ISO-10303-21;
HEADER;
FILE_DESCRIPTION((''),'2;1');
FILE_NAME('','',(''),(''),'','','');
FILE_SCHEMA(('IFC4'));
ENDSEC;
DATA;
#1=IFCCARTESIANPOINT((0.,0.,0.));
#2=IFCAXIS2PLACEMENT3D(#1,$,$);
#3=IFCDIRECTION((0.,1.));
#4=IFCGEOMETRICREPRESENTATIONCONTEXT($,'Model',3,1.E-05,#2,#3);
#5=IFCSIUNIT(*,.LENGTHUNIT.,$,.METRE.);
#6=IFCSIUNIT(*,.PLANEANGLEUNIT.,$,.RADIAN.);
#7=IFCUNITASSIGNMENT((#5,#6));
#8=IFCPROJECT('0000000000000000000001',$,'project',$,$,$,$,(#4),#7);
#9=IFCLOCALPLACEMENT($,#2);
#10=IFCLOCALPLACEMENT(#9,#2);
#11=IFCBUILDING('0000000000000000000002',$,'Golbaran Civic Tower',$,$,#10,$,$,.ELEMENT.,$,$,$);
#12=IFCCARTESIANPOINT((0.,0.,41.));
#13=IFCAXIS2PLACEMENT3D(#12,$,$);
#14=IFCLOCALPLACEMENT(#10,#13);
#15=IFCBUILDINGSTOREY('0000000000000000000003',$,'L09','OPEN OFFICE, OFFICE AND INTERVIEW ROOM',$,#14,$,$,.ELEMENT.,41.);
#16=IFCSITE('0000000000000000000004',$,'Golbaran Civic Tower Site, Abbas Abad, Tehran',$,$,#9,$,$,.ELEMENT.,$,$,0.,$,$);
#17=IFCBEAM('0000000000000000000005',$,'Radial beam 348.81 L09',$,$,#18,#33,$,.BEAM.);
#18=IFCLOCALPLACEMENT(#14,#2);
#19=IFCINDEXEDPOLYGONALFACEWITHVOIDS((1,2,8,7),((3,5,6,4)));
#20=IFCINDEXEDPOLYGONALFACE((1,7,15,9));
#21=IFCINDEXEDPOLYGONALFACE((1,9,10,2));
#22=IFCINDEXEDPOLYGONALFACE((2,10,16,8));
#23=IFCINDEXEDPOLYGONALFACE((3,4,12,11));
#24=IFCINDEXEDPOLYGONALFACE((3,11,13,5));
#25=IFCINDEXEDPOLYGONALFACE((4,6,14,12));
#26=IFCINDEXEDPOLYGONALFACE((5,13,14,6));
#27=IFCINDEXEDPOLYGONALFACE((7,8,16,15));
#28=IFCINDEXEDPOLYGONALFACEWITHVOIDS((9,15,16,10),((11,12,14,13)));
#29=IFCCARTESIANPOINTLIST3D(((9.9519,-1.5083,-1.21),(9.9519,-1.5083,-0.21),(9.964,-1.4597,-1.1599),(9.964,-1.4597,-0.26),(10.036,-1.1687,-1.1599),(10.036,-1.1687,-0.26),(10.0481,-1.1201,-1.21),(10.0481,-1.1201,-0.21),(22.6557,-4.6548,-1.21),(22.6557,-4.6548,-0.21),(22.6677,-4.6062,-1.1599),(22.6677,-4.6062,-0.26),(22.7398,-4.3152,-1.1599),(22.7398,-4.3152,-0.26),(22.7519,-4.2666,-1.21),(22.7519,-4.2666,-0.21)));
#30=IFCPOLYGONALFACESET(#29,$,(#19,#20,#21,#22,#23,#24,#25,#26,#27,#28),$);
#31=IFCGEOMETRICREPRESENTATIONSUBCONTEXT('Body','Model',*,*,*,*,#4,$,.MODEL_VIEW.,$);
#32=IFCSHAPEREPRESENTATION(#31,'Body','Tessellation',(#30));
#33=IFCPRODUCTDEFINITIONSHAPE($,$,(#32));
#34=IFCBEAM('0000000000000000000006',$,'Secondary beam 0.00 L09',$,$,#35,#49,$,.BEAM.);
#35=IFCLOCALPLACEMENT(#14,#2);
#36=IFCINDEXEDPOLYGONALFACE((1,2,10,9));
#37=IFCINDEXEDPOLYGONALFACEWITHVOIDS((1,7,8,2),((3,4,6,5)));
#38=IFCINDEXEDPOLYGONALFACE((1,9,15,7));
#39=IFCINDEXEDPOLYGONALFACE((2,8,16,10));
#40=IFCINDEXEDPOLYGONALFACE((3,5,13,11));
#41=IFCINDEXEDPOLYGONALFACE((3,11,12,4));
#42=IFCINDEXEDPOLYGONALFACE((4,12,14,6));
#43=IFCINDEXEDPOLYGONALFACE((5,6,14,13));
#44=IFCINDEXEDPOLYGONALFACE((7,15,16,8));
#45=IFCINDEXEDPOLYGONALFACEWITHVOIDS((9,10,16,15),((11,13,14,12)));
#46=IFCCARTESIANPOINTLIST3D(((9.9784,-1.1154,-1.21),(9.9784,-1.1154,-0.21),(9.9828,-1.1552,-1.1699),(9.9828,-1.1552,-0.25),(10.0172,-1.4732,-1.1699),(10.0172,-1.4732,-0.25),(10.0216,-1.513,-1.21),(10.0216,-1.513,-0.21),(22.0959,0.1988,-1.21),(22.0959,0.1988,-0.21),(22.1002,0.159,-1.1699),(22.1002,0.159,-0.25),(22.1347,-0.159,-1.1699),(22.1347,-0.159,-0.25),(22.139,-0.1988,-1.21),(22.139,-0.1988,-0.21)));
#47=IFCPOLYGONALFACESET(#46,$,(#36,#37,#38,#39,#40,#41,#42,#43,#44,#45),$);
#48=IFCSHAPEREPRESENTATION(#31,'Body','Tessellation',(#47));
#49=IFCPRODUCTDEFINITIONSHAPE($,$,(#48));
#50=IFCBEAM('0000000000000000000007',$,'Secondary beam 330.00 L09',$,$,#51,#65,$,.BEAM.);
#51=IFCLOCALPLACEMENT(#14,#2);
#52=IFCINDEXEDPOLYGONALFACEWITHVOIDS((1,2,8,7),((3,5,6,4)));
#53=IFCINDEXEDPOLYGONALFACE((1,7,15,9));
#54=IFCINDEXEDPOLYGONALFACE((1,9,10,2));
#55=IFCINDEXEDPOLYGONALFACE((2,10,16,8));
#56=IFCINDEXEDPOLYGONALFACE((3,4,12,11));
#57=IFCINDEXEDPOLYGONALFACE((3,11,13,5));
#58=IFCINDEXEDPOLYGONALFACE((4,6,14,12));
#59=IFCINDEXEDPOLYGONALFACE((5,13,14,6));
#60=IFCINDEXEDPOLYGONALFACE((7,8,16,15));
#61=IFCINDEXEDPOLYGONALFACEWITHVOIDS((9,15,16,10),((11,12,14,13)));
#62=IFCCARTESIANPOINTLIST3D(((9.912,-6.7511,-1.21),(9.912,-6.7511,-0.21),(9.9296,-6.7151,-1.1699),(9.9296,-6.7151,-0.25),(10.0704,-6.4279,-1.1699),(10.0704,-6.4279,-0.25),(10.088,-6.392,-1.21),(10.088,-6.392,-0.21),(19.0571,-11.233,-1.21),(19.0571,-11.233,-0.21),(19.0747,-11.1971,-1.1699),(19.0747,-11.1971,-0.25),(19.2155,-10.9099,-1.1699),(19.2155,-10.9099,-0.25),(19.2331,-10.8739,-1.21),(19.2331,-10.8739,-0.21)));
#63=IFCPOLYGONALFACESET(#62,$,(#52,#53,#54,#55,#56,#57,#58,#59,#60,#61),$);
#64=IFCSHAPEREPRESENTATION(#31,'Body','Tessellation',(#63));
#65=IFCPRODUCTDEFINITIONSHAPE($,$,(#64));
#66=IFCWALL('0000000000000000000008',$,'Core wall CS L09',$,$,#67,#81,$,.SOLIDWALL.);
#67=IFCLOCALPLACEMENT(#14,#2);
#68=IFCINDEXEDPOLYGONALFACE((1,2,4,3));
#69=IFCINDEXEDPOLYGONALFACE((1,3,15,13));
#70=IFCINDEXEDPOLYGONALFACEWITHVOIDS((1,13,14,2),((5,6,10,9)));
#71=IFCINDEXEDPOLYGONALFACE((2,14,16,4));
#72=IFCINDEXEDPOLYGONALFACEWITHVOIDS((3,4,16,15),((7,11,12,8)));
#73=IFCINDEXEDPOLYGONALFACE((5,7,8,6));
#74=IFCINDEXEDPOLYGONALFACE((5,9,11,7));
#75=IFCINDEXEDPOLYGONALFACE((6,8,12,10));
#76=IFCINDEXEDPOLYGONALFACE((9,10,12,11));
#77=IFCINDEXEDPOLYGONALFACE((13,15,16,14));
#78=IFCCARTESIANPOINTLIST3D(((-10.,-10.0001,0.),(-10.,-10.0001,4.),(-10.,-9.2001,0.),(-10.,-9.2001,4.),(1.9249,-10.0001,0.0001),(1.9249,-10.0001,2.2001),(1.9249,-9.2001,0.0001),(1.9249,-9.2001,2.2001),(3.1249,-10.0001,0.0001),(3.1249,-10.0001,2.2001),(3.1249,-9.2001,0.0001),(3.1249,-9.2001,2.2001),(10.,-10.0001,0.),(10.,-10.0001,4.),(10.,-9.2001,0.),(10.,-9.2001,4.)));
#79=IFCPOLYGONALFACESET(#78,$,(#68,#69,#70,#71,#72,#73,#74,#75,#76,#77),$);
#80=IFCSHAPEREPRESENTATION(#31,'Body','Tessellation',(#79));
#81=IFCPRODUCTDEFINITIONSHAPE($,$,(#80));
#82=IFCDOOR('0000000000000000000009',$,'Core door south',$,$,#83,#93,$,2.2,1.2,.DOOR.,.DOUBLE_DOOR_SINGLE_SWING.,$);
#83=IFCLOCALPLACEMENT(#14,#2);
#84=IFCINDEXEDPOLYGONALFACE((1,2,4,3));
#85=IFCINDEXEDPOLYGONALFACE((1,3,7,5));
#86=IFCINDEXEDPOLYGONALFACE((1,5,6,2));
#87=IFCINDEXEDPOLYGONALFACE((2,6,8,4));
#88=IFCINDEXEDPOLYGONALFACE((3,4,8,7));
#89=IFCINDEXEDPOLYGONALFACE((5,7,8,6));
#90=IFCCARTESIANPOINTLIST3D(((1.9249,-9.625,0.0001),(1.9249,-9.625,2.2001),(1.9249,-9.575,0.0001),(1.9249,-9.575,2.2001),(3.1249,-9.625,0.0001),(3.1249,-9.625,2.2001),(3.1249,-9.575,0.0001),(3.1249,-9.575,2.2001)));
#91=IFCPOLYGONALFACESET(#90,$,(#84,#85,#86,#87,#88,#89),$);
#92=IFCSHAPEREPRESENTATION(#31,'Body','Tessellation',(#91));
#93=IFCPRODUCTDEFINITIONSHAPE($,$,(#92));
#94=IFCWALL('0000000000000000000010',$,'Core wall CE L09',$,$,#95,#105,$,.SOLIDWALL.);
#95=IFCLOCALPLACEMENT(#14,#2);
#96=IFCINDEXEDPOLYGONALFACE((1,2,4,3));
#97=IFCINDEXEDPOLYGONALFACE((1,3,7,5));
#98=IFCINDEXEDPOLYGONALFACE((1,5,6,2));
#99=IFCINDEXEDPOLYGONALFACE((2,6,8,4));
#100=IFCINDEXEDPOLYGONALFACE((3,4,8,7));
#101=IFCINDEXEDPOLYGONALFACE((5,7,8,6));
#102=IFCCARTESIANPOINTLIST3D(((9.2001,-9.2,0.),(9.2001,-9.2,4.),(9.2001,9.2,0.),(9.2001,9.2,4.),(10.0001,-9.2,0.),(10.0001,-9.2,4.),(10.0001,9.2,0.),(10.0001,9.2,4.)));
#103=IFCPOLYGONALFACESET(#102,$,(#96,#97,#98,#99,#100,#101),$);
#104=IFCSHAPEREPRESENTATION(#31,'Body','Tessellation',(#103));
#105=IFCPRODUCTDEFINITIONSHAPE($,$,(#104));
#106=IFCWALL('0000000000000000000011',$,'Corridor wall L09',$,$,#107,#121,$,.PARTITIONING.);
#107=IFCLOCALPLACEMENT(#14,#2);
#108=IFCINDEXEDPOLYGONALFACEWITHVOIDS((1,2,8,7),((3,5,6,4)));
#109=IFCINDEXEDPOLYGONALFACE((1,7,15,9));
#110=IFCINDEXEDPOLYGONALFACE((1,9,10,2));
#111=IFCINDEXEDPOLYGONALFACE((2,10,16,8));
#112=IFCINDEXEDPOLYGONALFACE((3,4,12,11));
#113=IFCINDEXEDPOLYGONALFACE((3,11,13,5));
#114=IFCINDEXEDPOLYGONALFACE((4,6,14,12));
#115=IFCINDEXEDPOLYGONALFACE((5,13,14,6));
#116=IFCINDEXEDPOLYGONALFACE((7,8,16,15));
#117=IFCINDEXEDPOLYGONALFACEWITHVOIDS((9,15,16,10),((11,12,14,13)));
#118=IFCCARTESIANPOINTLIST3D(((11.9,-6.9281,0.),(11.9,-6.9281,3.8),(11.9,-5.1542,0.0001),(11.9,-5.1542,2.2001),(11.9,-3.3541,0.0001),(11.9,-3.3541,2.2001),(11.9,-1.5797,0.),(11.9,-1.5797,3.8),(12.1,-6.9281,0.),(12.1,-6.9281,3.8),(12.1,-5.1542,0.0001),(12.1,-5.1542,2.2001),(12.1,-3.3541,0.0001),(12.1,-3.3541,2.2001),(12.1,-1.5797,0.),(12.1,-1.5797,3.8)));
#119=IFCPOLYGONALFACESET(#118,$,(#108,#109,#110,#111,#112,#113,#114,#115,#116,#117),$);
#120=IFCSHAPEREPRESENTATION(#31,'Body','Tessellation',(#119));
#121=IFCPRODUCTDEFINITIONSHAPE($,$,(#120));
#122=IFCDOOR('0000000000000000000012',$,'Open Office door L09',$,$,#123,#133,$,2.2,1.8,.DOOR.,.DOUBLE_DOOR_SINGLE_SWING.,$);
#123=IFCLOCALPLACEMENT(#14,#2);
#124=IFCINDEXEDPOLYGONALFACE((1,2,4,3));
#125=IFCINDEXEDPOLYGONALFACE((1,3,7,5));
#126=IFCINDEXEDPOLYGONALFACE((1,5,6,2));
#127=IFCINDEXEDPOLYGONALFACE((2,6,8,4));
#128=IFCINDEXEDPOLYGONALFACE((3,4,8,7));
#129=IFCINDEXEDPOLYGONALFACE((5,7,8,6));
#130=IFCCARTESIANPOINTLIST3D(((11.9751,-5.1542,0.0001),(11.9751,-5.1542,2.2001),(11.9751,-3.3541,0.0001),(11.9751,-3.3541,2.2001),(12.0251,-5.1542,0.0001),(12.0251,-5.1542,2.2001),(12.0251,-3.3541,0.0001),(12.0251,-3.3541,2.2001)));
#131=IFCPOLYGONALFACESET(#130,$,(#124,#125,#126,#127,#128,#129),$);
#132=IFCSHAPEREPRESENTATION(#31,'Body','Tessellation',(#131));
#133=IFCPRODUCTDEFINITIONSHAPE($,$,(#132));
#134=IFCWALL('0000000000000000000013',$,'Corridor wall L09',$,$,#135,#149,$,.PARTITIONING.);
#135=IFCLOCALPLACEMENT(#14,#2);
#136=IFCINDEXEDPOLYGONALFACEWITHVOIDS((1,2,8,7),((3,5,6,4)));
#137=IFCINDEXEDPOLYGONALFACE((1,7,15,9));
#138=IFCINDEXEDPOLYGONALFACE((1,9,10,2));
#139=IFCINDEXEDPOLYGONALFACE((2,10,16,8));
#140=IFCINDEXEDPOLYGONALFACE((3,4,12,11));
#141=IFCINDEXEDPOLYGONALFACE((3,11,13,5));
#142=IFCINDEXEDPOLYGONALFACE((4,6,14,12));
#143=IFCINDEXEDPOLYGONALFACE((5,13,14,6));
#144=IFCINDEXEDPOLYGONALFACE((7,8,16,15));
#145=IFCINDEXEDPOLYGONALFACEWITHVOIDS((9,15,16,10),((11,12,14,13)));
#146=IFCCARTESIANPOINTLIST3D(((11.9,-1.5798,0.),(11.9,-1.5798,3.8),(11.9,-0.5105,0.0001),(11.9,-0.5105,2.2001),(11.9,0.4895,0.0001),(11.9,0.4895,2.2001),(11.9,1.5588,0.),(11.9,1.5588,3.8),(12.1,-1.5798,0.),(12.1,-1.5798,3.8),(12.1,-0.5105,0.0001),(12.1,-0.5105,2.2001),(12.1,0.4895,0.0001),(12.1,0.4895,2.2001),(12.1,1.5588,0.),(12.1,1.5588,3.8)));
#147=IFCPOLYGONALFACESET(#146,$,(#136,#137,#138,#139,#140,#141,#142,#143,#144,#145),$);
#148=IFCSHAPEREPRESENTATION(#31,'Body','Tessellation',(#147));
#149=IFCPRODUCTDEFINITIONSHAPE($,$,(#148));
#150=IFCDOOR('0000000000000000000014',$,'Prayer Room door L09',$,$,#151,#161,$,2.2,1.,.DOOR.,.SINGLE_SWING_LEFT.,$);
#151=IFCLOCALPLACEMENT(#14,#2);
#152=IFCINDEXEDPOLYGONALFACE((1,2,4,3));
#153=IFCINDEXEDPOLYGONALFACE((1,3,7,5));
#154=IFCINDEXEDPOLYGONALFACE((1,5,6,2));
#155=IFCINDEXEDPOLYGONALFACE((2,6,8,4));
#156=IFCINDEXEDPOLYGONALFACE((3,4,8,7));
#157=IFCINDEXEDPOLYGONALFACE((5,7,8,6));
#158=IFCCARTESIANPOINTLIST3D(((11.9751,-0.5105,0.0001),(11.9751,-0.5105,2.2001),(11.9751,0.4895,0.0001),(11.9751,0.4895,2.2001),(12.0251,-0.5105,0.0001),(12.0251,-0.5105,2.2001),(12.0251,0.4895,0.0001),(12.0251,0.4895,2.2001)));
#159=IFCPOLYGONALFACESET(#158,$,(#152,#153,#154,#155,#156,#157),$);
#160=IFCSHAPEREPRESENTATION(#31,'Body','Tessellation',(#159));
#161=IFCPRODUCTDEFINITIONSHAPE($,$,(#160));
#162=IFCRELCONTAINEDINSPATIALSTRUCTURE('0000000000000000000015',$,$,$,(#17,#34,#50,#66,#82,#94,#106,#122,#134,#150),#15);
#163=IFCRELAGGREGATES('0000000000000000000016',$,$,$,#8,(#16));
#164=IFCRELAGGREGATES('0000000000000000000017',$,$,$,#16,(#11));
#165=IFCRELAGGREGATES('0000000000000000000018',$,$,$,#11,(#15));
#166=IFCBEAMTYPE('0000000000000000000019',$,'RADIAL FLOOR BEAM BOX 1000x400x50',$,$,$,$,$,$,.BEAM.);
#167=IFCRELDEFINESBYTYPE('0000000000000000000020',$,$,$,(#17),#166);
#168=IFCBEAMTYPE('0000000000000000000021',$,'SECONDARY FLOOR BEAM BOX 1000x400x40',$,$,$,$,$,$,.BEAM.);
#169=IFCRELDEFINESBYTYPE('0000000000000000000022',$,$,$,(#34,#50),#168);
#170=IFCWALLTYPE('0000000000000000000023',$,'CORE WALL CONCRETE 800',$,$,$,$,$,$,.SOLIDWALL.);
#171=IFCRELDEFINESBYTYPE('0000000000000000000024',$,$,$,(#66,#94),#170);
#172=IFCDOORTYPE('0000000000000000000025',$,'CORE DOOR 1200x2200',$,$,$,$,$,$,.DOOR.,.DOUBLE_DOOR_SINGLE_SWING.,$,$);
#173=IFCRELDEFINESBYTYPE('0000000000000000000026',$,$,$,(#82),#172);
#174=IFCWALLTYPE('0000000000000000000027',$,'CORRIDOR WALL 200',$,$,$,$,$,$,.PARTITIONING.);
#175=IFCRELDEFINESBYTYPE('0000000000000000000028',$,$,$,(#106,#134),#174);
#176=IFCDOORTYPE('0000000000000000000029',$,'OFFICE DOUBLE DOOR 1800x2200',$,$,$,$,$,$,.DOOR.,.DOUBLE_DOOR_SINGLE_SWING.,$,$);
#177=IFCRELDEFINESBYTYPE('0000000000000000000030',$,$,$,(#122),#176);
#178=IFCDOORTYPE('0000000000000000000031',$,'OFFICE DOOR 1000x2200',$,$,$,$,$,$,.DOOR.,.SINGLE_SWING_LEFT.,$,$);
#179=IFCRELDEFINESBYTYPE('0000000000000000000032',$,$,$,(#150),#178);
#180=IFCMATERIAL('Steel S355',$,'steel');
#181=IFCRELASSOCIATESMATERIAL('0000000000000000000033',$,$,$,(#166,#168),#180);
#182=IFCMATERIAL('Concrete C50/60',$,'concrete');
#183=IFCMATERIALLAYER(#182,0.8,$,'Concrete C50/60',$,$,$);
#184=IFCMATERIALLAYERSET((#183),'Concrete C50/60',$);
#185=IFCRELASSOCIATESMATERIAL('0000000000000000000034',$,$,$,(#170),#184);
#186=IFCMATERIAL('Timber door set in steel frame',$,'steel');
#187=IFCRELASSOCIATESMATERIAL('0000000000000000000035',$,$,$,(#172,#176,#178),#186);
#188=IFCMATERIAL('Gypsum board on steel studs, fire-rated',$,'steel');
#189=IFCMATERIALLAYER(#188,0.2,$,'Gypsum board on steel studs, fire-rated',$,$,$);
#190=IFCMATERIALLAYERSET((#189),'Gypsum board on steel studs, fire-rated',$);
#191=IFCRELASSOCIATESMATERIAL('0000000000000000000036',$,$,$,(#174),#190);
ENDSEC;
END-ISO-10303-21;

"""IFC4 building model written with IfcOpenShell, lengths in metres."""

from ifc_helpers import new_model, si_unit, direction, frame, frame_2d, origin, origin_2d, place, context, subcontext, project, spatial, rectangle, hollow_rectangle, extrude, material, layer, layer_set, material_profile, profile_set, type_object, element, fill, save


model = new_model("IFC4")

# Units and contexts
model_context = context("Model", 3, precision=1e-05, world=origin(), true_north=direction((0.0, 1.0)))
body_context = subcontext(model_context, "Body", "Model", "MODEL_VIEW")
ifc_project = project(units=[si_unit("LENGTHUNIT", "METRE"), si_unit("PLANEANGLEUNIT", "RADIAN")], contexts=[model_context])

# Site, building, storey
site_placement = place(None, origin())
site = spatial("IfcSite", under=ifc_project, at=site_placement, Name="Golbaran Civic Tower Site, Abbas Abad, Tehran", CompositionType="ELEMENT", RefElevation=0.0)
building_placement = place(site_placement, origin())
building = spatial("IfcBuilding", under=site, at=building_placement, Name="Golbaran Civic Tower", CompositionType="ELEMENT")
storey_placement = place(building_placement, frame((0.0, 0.0, 41.0)))
storey = spatial("IfcBuildingStorey", under=building, at=storey_placement, Name="L09", Description="OPEN OFFICE, OFFICE AND INTERVIEW ROOM", CompositionType="ELEMENT", Elevation=41.0)

# Beams
ifc_material_1 = material(Name="Steel S355", Category="steel")
ifc_material_profile_1 = material_profile(ifc_material_1, hollow_rectangle(XDim=0.3999, YDim=1.0, WallThickness=0.05, at=origin_2d()), Name="BOX 1000x400x50")
ifc_profile_set_1 = profile_set([ifc_material_profile_1], Name="Steel S355")
beam_type_1 = type_object("IfcBeamType", Name="RADIAL FLOOR BEAM BOX 1000x400x50", PredefinedType="BEAM", material=ifc_profile_set_1)
beam_1_placement = place(storey_placement, frame((10.0, -1.3142, -0.71), z_axis=(0.97067, -0.240415, 0.0), x_axis=(0.240415, 0.97067, 0.0)))
element("IfcBeam", 1, at=beam_1_placement, inside=storey, type_object=beam_type_1, Name="Radial beam 348.81 L09", PredefinedType="BEAM", context=body_context, shape_type="SweptSolid", body=[
    extrude(hollow_rectangle(XDim=0.3999, YDim=1.0, WallThickness=0.05, at=origin_2d()), origin(), (0.0, 0.0, 1.0), 13.0876),
])
ifc_material_profile_2 = material_profile(ifc_material_1, hollow_rectangle(XDim=0.3999, YDim=1.0, WallThickness=0.04, at=origin_2d()), Name="BOX 1000x400x40")
ifc_profile_set_2 = profile_set([ifc_material_profile_2], Name="Steel S355")
beam_type_2 = type_object("IfcBeamType", Name="SECONDARY FLOOR BEAM BOX 1000x400x40", PredefinedType="BEAM", material=ifc_profile_set_2)
beam_2_placement = place(storey_placement, frame((10.0, -1.3142, -0.71), z_axis=(0.99417, 0.107824, 0.0), x_axis=(-0.107824, 0.99417, 0.0)))
element("IfcBeam", 2, at=beam_2_placement, inside=storey, type_object=beam_type_2, Name="Secondary beam 0.00 L09", PredefinedType="BEAM", context=body_context, shape_type="SweptSolid", body=[
    extrude(hollow_rectangle(XDim=0.3999, YDim=1.0, WallThickness=0.04, at=origin_2d()), origin(), (0.0, 0.0, 1.0), 12.1885),
])
beam_3_placement = place(storey_placement, frame((10.0, -6.5715, -0.71), z_axis=(0.897956, -0.440084, 0.0), x_axis=(0.440084, 0.897956, 0.0)))
element("IfcBeam", 3, at=beam_3_placement, inside=storey, type_object=beam_type_2, Name="Secondary beam 330.00 L09", PredefinedType="BEAM", context=body_context, shape_type="SweptSolid", body=[
    extrude(hollow_rectangle(XDim=0.3999, YDim=1.0, WallThickness=0.04, at=origin_2d()), origin(), (0.0, 0.0, 1.0), 10.1843),
])

# Wall, opening, door
ifc_material_2 = material(Name="Concrete C50/60", Category="concrete")
ifc_layer_1 = layer(ifc_material_2, 0.8, Name="Concrete C50/60")
ifc_layer_set_1 = layer_set([ifc_layer_1], Name="Concrete C50/60")
wall_type_1 = type_object("IfcWallType", Name="CORE WALL CONCRETE 800", PredefinedType="SOLIDWALL", material=ifc_layer_set_1)
wall_1_placement = place(storey_placement, frame((10.0, -9.6001, 0.0), z_axis=(0.0, 0.0, 1.0), x_axis=(-1.0, 0.0, 0.0)))
wall_1 = element("IfcWall", 4, at=wall_1_placement, inside=storey, type_object=wall_type_1, Name="Core wall CS L09", PredefinedType="SOLIDWALL", context=body_context, shape_type="SweptSolid", body=[
    extrude(rectangle(XDim=20.0, YDim=0.8, at=frame_2d((10.0, 0.0))), origin(), (0.0, 0.0, 1.0), 4.0),
])
opening_1_placement = place(wall_1_placement, frame((6.875, 0.0, 0.0)))
opening_1 = element("IfcOpeningElement", 5, at=opening_1_placement, cuts=wall_1, PredefinedType="OPENING", context=body_context, shape_type="SweptSolid", body=[
    extrude(rectangle(XDim=1.2, YDim=2.2, at=frame_2d((0.6001, 1.1001))), frame((0.0, 0.4099, 0.0), z_axis=(0.0, -1.0, 0.0), x_axis=(1.0, 0.0, 0.0)), (0.0, 0.0, 1.0), 0.8201),
])
ifc_material_3 = material(Name="Timber door set in steel frame", Category="steel")
door_type_1 = type_object("IfcDoorType", Name="CORE DOOR 1200x2200", OperationType="DOUBLE_DOOR_SINGLE_SWING", PredefinedType="DOOR", material=ifc_material_3)
door_1_placement = place(opening_1_placement, origin())
door_1 = element("IfcDoor", 6, at=door_1_placement, inside=storey, type_object=door_type_1, Name="Core door south", OperationType="DOUBLE_DOOR_SINGLE_SWING", OverallHeight=2.2, OverallWidth=1.2, PredefinedType="DOOR", context=body_context, shape_type="SweptSolid", body=[
    extrude(rectangle(XDim=1.2, YDim=2.2, at=frame_2d((0.6001, 1.1001))), frame((0.0, 0.0249, 0.0), z_axis=(0.0, -1.0, 0.0), x_axis=(1.0, 0.0, 0.0)), (0.0, 0.0, 1.0), 0.05),
])
fill(opening_1, door_1)

# Wall
wall_2_placement = place(storey_placement, frame((9.6001, -9.2, 0.0), z_axis=(0.0, 0.0, 1.0), x_axis=(0.0, 1.0, 0.0)))
element("IfcWall", 7, at=wall_2_placement, inside=storey, type_object=wall_type_1, Name="Core wall CE L09", PredefinedType="SOLIDWALL", context=body_context, shape_type="SweptSolid", body=[
    extrude(rectangle(XDim=18.3999, YDim=0.8, at=frame_2d((9.2, 0.0))), origin(), (0.0, 0.0, 1.0), 4.0),
])

# Walls, openings, doors
ifc_material_4 = material(Name="Gypsum board on steel studs, fire-rated", Category="steel")
ifc_layer_2 = layer(ifc_material_4, 0.2, Name="Gypsum board on steel studs, fire-rated")
ifc_layer_set_2 = layer_set([ifc_layer_2], Name="Gypsum board on steel studs, fire-rated")
wall_type_2 = type_object("IfcWallType", Name="CORRIDOR WALL 200", PredefinedType="PARTITIONING", material=ifc_layer_set_2)
wall_3_placement = place(storey_placement, frame((12.0, -6.9282, 0.0), z_axis=(0.0, 0.0, 1.0), x_axis=(0.0, 1.0, 0.0)))
wall_3 = element("IfcWall", 8, at=wall_3_placement, inside=storey, type_object=wall_type_2, Name="Corridor wall L09", PredefinedType="PARTITIONING", context=body_context, shape_type="SweptSolid", body=[
    extrude(rectangle(XDim=5.3484, YDim=0.2, at=frame_2d((2.6743, 0.0))), origin(), (0.0, 0.0, 1.0), 3.8),
])
opening_2_placement = place(wall_3_placement, frame((1.7742, 0.0, 0.0)))
opening_2 = element("IfcOpeningElement", 9, at=opening_2_placement, cuts=wall_3, PredefinedType="OPENING", context=body_context, shape_type="SweptSolid", body=[
    extrude(rectangle(XDim=1.8, YDim=2.2, at=frame_2d((0.8999, 1.1001))), frame((0.0, 0.1099, 0.0), z_axis=(0.0, -1.0, 0.0), x_axis=(1.0, 0.0, 0.0)), (0.0, 0.0, 1.0), 0.22),
])
door_type_2 = type_object("IfcDoorType", Name="OFFICE DOUBLE DOOR 1800x2200", OperationType="DOUBLE_DOOR_SINGLE_SWING", PredefinedType="DOOR", material=ifc_material_3)
door_2_placement = place(opening_2_placement, origin())
door_2 = element("IfcDoor", 10, at=door_2_placement, inside=storey, type_object=door_type_2, Name="Open Office door L09", OperationType="DOUBLE_DOOR_SINGLE_SWING", OverallHeight=2.2, OverallWidth=1.8, PredefinedType="DOOR", context=body_context, shape_type="SweptSolid", body=[
    extrude(rectangle(XDim=1.8, YDim=2.2, at=frame_2d((0.8999, 1.1001))), frame((0.0, 0.0249, 0.0), z_axis=(0.0, -1.0, 0.0), x_axis=(1.0, 0.0, 0.0)), (0.0, 0.0, 1.0), 0.05),
])
fill(opening_2, door_2)
wall_4_placement = place(storey_placement, frame((12.0, -1.5798, 0.0), z_axis=(0.0, 0.0, 1.0), x_axis=(0.0, 1.0, 0.0)))
wall_4 = element("IfcWall", 11, at=wall_4_placement, inside=storey, type_object=wall_type_2, Name="Corridor wall L09", PredefinedType="PARTITIONING", context=body_context, shape_type="SweptSolid", body=[
    extrude(rectangle(XDim=3.1387, YDim=0.2, at=frame_2d((1.5693, 0.0))), origin(), (0.0, 0.0, 1.0), 3.8),
])
opening_3_placement = place(wall_4_placement, frame((1.0693, 0.0, 0.0)))
opening_3 = element("IfcOpeningElement", 12, at=opening_3_placement, cuts=wall_4, PredefinedType="OPENING", context=body_context, shape_type="SweptSolid", body=[
    extrude(rectangle(XDim=1.0, YDim=2.2, at=frame_2d((0.5, 1.1001))), frame((0.0, 0.1099, 0.0), z_axis=(0.0, -1.0, 0.0), x_axis=(1.0, 0.0, 0.0)), (0.0, 0.0, 1.0), 0.22),
])
door_type_3 = type_object("IfcDoorType", Name="OFFICE DOOR 1000x2200", OperationType="SINGLE_SWING_LEFT", PredefinedType="DOOR", material=ifc_material_3)
door_3_placement = place(opening_3_placement, origin())
door_3 = element("IfcDoor", 13, at=door_3_placement, inside=storey, type_object=door_type_3, Name="Prayer Room door L09", OperationType="SINGLE_SWING_LEFT", OverallHeight=2.2, OverallWidth=1.0, PredefinedType="DOOR", context=body_context, shape_type="SweptSolid", body=[
    extrude(rectangle(XDim=1.0, YDim=2.2, at=frame_2d((0.5, 1.1001))), frame((0.0, 0.0249, 0.0), z_axis=(0.0, -1.0, 0.0), x_axis=(1.0, 0.0, 0.0)), (0.0, 0.0, 1.0), 0.05),
])
fill(opening_3, door_3)

save(model, "model.ifc")
